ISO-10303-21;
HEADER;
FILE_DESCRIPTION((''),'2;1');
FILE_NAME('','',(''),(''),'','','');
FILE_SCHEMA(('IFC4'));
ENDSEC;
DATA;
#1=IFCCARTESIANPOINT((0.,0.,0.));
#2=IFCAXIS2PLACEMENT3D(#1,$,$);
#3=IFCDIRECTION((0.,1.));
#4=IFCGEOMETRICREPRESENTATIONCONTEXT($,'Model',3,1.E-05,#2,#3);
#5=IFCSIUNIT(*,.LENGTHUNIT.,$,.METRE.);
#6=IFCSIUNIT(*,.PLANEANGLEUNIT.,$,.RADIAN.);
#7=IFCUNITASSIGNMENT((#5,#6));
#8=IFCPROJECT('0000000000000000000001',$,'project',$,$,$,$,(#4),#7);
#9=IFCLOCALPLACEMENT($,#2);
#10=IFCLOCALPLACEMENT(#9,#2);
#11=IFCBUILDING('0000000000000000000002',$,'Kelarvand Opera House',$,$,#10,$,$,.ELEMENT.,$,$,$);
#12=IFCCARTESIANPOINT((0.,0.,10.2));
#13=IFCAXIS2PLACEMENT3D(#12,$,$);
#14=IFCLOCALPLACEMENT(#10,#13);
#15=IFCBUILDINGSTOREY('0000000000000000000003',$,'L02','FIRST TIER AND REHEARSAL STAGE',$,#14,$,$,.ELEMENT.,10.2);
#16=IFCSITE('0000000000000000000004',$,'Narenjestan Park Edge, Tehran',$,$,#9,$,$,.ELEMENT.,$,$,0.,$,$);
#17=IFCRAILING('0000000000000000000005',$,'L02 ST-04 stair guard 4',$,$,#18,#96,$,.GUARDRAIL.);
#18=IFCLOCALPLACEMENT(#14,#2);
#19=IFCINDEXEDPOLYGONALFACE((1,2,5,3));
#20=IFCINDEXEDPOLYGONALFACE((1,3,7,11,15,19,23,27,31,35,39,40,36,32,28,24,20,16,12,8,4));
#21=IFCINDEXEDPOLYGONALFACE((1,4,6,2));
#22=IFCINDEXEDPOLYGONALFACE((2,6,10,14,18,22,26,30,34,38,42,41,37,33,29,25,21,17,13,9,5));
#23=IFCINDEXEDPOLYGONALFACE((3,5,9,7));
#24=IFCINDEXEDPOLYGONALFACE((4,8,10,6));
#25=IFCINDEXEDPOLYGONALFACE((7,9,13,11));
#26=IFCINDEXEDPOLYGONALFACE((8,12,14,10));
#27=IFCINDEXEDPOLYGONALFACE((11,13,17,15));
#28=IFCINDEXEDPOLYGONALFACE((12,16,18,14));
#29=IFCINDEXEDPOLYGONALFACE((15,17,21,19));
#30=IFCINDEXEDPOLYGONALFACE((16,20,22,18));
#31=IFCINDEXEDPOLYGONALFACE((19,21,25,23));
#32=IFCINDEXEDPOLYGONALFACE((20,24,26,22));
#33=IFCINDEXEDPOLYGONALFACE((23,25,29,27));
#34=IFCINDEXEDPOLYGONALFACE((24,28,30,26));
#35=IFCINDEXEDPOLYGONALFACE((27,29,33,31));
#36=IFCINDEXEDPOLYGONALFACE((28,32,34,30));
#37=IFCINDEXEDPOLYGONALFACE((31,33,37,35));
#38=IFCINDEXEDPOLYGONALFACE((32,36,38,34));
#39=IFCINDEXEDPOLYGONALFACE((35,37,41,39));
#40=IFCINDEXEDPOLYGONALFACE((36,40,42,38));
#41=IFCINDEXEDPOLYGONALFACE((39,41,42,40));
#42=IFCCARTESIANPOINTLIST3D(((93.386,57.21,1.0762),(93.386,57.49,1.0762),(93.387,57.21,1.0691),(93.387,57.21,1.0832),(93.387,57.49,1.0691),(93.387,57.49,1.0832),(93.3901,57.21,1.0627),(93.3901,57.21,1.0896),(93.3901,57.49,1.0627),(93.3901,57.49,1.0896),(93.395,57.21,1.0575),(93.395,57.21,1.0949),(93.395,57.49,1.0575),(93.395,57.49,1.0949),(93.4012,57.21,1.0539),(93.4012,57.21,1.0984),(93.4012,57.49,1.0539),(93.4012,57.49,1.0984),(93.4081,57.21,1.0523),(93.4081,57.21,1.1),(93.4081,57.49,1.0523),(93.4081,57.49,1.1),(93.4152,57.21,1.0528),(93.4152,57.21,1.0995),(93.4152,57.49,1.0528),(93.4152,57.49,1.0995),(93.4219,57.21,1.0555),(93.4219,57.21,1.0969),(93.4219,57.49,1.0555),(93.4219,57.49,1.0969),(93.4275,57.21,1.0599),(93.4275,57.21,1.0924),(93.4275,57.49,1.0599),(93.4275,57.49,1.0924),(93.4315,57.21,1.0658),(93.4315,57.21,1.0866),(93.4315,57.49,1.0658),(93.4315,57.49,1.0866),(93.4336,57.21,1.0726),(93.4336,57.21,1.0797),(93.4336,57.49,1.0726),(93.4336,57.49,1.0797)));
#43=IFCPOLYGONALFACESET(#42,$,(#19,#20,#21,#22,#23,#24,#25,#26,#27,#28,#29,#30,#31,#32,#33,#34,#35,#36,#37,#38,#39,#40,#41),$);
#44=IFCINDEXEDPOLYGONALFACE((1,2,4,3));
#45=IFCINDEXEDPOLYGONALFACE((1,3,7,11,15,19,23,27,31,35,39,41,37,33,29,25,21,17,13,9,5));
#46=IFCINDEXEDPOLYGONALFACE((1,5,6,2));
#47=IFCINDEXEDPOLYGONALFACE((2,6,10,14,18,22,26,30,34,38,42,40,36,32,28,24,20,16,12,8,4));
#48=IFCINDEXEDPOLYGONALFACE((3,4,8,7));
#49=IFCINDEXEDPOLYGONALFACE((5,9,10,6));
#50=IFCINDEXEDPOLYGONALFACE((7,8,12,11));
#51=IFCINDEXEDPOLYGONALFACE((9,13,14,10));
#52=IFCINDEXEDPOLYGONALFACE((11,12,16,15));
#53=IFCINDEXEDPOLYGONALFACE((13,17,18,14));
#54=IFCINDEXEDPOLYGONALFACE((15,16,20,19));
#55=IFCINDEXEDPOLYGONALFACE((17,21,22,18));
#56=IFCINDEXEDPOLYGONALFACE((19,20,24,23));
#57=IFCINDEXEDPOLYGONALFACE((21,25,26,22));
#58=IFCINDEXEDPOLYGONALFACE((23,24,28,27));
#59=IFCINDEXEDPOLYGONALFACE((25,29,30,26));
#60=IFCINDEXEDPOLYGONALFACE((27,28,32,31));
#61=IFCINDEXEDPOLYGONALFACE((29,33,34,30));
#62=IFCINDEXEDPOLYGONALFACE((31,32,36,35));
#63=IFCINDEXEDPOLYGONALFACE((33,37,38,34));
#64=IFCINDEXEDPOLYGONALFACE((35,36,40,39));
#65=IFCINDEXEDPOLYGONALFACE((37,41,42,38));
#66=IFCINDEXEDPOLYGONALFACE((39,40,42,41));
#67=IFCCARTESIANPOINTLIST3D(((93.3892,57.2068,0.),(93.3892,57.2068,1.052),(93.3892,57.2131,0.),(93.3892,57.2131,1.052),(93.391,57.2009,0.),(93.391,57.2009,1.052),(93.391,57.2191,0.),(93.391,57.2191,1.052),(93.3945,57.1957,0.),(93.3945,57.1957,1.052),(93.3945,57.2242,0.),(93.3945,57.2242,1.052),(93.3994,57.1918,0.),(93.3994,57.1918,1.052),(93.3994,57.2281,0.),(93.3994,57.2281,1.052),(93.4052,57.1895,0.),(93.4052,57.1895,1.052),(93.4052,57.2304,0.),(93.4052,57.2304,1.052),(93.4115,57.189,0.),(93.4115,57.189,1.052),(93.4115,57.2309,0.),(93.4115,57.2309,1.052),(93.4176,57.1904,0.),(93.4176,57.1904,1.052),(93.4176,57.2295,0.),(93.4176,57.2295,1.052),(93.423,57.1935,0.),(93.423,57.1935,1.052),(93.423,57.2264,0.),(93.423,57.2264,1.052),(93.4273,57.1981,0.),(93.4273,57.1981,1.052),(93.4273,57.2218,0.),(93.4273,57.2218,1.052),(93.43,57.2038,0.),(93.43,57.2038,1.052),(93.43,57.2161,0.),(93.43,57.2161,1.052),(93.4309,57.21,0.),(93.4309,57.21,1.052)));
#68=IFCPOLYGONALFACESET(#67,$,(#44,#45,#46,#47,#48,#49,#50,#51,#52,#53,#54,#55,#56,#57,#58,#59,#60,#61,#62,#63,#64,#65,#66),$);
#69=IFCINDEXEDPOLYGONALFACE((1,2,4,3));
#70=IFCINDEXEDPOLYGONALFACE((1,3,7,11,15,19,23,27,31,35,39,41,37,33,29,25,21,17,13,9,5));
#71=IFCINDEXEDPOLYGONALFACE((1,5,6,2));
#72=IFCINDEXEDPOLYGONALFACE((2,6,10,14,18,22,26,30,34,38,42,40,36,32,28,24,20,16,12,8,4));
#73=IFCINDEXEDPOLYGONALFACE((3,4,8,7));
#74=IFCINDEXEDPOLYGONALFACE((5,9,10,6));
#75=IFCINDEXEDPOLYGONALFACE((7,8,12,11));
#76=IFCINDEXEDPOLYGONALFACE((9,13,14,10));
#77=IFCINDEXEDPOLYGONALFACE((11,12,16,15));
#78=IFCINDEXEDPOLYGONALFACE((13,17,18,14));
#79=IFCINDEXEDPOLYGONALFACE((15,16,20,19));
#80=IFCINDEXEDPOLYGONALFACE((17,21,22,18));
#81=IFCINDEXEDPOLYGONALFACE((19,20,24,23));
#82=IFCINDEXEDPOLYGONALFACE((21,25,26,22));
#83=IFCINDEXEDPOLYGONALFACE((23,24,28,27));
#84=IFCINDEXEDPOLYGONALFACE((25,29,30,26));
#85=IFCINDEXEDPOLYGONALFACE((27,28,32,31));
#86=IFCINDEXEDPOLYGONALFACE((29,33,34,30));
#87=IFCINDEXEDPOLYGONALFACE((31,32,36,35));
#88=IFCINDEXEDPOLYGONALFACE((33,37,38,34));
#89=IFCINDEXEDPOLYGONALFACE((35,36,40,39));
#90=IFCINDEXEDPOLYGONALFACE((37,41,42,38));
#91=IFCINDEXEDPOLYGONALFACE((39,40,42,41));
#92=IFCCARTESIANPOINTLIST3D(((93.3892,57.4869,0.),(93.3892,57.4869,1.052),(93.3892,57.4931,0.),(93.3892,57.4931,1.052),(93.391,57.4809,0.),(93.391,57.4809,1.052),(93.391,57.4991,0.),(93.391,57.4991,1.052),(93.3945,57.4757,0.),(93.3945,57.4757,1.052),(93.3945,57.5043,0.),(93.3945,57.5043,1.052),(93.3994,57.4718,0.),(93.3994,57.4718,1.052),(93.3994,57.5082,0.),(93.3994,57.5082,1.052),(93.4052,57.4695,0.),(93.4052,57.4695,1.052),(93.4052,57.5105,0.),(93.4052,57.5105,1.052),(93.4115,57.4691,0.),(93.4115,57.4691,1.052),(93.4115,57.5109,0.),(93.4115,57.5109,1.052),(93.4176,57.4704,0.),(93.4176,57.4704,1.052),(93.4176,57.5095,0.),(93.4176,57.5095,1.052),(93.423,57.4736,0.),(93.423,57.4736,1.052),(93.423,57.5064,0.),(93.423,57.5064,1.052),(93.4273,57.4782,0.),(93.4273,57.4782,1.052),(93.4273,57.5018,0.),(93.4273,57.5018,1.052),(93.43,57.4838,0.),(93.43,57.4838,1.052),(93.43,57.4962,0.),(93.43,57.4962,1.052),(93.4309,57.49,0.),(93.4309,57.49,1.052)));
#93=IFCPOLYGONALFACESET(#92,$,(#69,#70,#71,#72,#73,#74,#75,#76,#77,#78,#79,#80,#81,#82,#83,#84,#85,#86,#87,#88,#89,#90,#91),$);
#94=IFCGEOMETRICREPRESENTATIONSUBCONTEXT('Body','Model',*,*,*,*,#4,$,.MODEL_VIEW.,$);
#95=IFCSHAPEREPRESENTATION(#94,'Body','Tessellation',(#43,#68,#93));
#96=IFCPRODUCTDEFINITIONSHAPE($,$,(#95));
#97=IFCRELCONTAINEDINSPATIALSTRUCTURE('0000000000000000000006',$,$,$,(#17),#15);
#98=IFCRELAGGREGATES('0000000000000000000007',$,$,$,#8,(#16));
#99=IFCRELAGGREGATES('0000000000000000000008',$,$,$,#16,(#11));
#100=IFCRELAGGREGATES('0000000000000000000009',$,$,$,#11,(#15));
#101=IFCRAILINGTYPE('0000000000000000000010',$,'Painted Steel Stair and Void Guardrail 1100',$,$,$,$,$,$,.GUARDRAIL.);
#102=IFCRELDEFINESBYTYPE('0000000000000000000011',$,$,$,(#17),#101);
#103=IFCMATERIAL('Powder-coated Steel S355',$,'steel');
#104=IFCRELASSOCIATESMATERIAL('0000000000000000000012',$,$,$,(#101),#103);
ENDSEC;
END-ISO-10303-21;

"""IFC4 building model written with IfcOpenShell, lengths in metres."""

from ifc_helpers import new_model, si_unit, direction, frame, origin, origin_2d, place, context, subcontext, project, spatial, circle, extrude, material, type_object, element, save


model = new_model("IFC4")

# Units and contexts
model_context = context("Model", 3, precision=1e-05, world=origin(), true_north=direction((0.0, 1.0)))
body_context = subcontext(model_context, "Body", "Model", "MODEL_VIEW")
ifc_project = project(units=[si_unit("LENGTHUNIT", "METRE"), si_unit("PLANEANGLEUNIT", "RADIAN")], contexts=[model_context])

# Site, building, storey
site_placement = place(None, origin())
site = spatial("IfcSite", under=ifc_project, at=site_placement, Name="Narenjestan Park Edge, Tehran", CompositionType="ELEMENT", RefElevation=0.0)
building_placement = place(site_placement, origin())
building = spatial("IfcBuilding", under=site, at=building_placement, Name="Kelarvand Opera House", CompositionType="ELEMENT")
storey_placement = place(building_placement, frame((0.0, 0.0, 10.2)))
storey = spatial("IfcBuildingStorey", under=building, at=storey_placement, Name="L02", Description="FIRST TIER AND REHEARSAL STAGE", CompositionType="ELEMENT", Elevation=10.2)

# Railing
ifc_material_1 = material(Name="Powder-coated Steel S355", Category="steel")
railing_type_1 = type_object("IfcRailingType", Name="Painted Steel Stair and Void Guardrail 1100", PredefinedType="GUARDRAIL", material=ifc_material_1)
railing_1_placement = place(storey_placement, frame((93.4099, 57.21, 0.0)))
element("IfcRailing", 1, at=railing_1_placement, inside=storey, type_object=railing_type_1, Name="L02 ST-04 stair guard 4", PredefinedType="GUARDRAIL", context=body_context, shape_type="SweptSolid", body=[
    extrude(circle(Radius=0.0239, at=origin_2d()), frame((0.0, 0.0, 1.0762), z_axis=(0.0, 1.0, 0.0), x_axis=(-1.0, 0.0, 0.0)), (0.0, 0.0, 1.0), 0.28),
    extrude(circle(Radius=0.021, at=origin_2d()), origin(), (0.0, 0.0, 1.0), 1.052),
    extrude(circle(Radius=0.021, at=origin_2d()), frame((0.0, 0.28, 0.0)), (0.0, 0.0, 1.0), 1.052),
])

save(model, "model.ifc")
